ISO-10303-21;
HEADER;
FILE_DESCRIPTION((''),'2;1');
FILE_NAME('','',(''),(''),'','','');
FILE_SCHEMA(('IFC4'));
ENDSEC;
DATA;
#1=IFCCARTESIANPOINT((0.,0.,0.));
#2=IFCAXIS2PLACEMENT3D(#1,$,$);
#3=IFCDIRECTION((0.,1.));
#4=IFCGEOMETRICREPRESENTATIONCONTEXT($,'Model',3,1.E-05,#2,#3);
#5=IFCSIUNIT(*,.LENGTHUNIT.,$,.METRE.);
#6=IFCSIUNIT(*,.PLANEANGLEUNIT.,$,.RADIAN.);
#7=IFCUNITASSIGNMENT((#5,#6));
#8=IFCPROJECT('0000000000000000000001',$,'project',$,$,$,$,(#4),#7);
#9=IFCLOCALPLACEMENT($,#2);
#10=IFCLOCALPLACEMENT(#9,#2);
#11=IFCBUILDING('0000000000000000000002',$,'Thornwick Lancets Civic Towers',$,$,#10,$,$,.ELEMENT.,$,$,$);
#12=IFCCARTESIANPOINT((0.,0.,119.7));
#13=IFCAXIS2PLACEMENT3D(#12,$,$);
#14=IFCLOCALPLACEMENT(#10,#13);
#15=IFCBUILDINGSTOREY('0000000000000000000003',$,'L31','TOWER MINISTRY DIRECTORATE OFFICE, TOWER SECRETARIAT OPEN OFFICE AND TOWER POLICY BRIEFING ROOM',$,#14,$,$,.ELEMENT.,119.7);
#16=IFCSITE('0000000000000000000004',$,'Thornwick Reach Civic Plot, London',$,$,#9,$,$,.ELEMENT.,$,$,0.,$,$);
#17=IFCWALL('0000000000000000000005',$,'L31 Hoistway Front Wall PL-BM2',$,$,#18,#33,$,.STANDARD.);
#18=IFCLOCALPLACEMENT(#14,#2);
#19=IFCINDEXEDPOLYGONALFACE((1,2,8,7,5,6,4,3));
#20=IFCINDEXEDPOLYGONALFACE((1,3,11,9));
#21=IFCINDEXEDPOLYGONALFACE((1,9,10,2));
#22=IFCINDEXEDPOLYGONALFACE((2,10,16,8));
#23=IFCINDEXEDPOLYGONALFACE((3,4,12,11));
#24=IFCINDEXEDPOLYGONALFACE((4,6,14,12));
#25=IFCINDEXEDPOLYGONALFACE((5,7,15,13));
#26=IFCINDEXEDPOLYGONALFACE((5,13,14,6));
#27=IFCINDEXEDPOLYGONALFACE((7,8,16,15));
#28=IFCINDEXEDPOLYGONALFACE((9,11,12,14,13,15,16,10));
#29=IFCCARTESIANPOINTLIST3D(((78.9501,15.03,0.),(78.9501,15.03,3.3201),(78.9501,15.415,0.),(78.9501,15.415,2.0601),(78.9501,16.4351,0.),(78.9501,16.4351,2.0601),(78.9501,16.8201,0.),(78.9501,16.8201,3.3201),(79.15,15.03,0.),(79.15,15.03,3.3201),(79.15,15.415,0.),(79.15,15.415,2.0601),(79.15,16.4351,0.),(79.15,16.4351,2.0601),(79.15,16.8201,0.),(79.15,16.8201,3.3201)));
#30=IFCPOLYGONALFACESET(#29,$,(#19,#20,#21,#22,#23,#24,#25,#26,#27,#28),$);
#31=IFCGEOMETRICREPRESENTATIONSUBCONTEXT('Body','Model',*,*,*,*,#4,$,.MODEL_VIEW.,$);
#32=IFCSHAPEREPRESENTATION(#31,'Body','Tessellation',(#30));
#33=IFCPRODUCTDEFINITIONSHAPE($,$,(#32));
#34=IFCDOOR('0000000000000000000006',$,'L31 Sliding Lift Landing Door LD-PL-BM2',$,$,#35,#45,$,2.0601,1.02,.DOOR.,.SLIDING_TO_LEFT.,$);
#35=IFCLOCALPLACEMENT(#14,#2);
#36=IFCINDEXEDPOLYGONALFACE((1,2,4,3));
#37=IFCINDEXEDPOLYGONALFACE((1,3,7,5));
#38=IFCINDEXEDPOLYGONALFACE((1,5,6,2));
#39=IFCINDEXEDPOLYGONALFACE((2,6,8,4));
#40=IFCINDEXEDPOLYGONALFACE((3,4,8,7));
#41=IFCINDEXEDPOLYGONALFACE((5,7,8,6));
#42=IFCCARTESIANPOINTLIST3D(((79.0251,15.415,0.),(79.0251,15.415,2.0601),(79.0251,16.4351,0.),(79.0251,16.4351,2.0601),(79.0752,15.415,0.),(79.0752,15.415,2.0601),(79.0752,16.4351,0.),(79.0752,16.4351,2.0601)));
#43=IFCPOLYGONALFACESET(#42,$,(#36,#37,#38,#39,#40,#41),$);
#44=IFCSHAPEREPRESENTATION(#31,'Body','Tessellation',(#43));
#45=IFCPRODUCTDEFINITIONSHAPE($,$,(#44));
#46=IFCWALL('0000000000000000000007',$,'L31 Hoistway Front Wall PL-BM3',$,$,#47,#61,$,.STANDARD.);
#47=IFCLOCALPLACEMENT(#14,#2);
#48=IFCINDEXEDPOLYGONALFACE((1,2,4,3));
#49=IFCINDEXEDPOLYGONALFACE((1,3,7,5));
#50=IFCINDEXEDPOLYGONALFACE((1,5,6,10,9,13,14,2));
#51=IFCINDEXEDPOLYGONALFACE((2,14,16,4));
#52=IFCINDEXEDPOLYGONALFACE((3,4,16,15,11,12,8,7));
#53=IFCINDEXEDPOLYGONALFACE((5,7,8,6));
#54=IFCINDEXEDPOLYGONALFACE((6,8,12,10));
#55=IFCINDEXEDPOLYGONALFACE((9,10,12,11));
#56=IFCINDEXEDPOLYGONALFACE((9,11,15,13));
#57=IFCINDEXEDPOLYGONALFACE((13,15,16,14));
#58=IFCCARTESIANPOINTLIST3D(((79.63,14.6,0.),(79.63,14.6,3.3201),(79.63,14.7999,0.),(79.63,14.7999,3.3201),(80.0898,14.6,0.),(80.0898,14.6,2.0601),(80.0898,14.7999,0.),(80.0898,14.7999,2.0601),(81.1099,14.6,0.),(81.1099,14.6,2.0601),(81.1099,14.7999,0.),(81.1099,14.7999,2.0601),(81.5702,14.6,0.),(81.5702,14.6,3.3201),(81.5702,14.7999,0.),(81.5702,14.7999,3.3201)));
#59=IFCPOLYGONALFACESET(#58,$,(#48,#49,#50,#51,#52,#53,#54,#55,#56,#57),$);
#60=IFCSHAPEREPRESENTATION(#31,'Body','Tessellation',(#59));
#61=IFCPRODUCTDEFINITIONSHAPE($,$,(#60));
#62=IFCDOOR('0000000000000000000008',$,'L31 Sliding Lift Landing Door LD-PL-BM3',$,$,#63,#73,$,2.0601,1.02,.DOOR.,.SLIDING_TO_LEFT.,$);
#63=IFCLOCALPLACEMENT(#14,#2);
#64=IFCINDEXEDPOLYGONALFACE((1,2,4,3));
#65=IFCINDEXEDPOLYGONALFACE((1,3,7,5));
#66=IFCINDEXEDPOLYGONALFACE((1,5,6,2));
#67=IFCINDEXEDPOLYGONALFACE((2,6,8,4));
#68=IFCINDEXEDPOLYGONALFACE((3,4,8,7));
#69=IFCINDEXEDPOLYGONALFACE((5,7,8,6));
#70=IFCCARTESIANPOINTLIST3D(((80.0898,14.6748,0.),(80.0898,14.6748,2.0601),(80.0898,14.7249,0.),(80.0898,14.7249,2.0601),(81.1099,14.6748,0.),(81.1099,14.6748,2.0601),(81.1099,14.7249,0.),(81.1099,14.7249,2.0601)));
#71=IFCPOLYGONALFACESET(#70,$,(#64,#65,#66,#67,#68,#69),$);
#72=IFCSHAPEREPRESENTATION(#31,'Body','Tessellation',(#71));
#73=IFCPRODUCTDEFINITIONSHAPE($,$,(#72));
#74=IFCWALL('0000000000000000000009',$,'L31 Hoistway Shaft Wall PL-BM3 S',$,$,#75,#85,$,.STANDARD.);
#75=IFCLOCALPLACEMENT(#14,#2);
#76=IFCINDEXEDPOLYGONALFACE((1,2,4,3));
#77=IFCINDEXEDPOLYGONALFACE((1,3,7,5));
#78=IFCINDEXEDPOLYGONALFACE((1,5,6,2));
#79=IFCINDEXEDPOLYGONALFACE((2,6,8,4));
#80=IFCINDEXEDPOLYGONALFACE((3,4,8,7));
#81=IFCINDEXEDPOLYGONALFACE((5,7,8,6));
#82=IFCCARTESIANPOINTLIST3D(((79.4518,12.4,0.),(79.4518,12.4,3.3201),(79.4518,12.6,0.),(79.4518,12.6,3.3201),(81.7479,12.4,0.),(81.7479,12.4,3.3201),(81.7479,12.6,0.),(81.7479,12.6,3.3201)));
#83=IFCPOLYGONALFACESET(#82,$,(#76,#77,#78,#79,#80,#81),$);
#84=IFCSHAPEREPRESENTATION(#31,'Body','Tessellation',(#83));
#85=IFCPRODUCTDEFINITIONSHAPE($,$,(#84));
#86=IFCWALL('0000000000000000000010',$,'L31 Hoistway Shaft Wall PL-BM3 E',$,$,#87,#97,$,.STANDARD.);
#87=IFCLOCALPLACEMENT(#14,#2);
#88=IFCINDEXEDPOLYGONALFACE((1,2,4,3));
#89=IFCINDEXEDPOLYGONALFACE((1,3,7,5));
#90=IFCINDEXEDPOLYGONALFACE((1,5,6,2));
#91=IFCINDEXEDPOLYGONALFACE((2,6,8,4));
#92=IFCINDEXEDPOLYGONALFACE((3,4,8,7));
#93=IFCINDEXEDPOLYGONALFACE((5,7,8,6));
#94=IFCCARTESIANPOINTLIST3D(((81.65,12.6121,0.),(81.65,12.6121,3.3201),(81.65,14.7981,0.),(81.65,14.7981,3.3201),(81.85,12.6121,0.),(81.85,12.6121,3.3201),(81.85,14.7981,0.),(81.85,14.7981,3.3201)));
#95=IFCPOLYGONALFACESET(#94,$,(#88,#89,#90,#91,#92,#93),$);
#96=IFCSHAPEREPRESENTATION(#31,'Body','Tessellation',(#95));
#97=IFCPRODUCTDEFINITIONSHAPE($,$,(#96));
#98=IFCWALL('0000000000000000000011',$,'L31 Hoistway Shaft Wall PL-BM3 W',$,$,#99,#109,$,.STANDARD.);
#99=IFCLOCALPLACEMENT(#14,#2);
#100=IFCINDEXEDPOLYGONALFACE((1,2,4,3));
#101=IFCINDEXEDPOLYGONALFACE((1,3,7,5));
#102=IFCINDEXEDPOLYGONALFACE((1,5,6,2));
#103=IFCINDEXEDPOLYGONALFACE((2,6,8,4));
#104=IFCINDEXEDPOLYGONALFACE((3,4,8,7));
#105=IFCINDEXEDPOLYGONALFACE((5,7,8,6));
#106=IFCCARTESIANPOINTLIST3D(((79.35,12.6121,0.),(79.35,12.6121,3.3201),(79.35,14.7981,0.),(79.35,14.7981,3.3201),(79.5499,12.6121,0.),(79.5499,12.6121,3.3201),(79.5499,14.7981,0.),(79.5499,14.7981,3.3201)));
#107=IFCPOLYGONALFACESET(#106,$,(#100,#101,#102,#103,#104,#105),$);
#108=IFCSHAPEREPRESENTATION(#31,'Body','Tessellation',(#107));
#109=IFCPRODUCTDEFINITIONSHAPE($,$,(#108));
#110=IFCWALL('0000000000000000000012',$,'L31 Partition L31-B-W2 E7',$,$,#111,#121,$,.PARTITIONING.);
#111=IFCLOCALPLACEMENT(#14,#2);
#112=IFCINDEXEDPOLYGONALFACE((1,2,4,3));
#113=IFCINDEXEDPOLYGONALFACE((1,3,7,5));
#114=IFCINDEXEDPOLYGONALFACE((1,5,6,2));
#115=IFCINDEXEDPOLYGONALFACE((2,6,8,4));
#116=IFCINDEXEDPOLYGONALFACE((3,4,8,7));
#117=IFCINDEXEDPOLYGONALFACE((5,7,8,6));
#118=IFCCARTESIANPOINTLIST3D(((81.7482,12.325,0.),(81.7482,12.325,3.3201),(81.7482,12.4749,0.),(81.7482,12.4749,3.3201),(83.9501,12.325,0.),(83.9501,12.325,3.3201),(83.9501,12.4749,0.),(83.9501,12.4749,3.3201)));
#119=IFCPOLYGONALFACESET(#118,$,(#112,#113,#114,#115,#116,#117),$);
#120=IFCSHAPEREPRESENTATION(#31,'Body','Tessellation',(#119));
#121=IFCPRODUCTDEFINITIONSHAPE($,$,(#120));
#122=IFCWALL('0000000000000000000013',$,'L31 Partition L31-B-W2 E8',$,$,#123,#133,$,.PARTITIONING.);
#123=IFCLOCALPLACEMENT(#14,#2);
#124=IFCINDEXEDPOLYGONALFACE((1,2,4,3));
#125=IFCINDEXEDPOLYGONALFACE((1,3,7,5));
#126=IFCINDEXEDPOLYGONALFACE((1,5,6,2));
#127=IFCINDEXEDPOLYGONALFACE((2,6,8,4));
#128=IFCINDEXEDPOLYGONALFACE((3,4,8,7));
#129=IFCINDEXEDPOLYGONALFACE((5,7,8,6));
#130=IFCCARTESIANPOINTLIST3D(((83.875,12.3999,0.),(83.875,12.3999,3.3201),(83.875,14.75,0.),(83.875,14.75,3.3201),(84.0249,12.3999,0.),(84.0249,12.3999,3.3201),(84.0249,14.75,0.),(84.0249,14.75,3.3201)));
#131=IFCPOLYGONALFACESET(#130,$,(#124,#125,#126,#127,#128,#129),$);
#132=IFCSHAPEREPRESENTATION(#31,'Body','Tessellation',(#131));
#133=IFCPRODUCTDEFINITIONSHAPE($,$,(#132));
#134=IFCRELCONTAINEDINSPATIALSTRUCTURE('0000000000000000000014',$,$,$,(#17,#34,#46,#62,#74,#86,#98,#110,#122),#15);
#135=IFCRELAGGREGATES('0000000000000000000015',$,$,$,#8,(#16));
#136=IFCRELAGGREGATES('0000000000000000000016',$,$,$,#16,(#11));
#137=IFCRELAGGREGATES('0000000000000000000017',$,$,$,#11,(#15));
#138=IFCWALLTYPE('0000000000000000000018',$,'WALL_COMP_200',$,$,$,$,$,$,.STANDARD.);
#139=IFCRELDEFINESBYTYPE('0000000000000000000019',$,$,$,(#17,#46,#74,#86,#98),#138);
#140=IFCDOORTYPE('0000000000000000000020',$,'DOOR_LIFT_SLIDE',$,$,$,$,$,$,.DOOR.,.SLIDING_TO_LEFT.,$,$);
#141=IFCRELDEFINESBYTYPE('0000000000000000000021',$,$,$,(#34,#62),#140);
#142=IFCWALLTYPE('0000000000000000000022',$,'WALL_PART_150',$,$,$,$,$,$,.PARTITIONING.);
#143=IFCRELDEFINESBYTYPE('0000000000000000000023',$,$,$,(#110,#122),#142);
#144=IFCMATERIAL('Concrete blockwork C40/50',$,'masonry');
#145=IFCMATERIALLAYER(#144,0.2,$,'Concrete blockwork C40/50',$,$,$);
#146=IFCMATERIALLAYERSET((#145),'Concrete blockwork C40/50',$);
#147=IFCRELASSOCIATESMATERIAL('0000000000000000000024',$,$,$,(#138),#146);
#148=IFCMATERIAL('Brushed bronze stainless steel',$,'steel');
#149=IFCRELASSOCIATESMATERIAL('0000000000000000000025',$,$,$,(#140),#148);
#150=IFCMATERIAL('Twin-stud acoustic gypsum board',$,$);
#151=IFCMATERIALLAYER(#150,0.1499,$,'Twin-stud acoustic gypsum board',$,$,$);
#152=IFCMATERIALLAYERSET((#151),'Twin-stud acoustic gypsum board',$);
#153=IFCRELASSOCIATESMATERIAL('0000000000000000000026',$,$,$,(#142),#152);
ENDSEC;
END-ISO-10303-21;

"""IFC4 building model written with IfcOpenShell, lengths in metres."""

from ifc_helpers import new_model, si_unit, direction, frame, frame_2d, origin, place, context, subcontext, project, spatial, rectangle, extrude, material, layer, layer_set, type_object, element, fill, save


model = new_model("IFC4")

# Units and contexts
model_context = context("Model", 3, precision=1e-05, world=origin(), true_north=direction((0.0, 1.0)))
body_context = subcontext(model_context, "Body", "Model", "MODEL_VIEW")
ifc_project = project(units=[si_unit("LENGTHUNIT", "METRE"), si_unit("PLANEANGLEUNIT", "RADIAN")], contexts=[model_context])

# Site, building, storey
site_placement = place(None, origin())
site = spatial("IfcSite", under=ifc_project, at=site_placement, Name="Thornwick Reach Civic Plot, London", CompositionType="ELEMENT", RefElevation=0.0)
building_placement = place(site_placement, origin())
building = spatial("IfcBuilding", under=site, at=building_placement, Name="Thornwick Lancets Civic Towers", CompositionType="ELEMENT")
storey_placement = place(building_placement, frame((0.0, 0.0, 119.7)))
storey = spatial("IfcBuildingStorey", under=building, at=storey_placement, Name="L31", Description="TOWER MINISTRY DIRECTORATE OFFICE, TOWER SECRETARIAT OPEN OFFICE AND TOWER POLICY BRIEFING ROOM", CompositionType="ELEMENT", Elevation=119.7)

# Walls, openings, doors
ifc_material_1 = material(Name="Concrete blockwork C40/50", Category="masonry")
ifc_layer_1 = layer(ifc_material_1, 0.2, Name="Concrete blockwork C40/50")
ifc_layer_set_1 = layer_set([ifc_layer_1], Name="Concrete blockwork C40/50")
wall_type_1 = type_object("IfcWallType", Name="WALL_COMP_200", PredefinedType="STANDARD", material=ifc_layer_set_1)
wall_1_placement = place(storey_placement, frame((79.05, 15.03, 0.0), z_axis=(0.0, 0.0, 1.0), x_axis=(0.0, 1.0, 0.0)))
wall_1 = element("IfcWall", 1, at=wall_1_placement, inside=storey, type_object=wall_type_1, Name="L31 Hoistway Front Wall PL-BM2", PredefinedType="STANDARD", context=body_context, shape_type="SweptSolid", body=[
    extrude(rectangle(XDim=1.79, YDim=0.2, at=frame_2d((0.895, 0.0))), origin(), (0.0, 0.0, 1.0), 3.3201),
])
opening_1_placement = place(wall_1_placement, frame((0.385, 0.0, 0.0)))
opening_1 = element("IfcOpeningElement", 2, at=opening_1_placement, cuts=wall_1, PredefinedType="OPENING", context=body_context, shape_type="SweptSolid", body=[
    extrude(rectangle(XDim=1.02, YDim=2.0601, at=frame_2d((0.51, 1.03))), frame((0.0, 0.1099, 0.0), z_axis=(0.0, -1.0, 0.0), x_axis=(1.0, 0.0, 0.0)), (0.0, 0.0, 1.0), 0.22),
])
ifc_material_2 = material(Name="Brushed bronze stainless steel", Category="steel")
door_type_1 = type_object("IfcDoorType", Name="DOOR_LIFT_SLIDE", OperationType="SLIDING_TO_LEFT", PredefinedType="DOOR", material=ifc_material_2)
door_1_placement = place(opening_1_placement, origin())
door_1 = element("IfcDoor", 3, at=door_1_placement, inside=storey, type_object=door_type_1, Name="L31 Sliding Lift Landing Door LD-PL-BM2", OperationType="SLIDING_TO_LEFT", OverallHeight=2.0601, OverallWidth=1.02, PredefinedType="DOOR", context=body_context, shape_type="SweptSolid", body=[
    extrude(rectangle(XDim=1.02, YDim=2.0601, at=frame_2d((0.51, 1.03))), frame((0.0, 0.0249, 0.0), z_axis=(0.0, -1.0, 0.0), x_axis=(1.0, 0.0, 0.0)), (0.0, 0.0, 1.0), 0.05),
])
fill(opening_1, door_1)
wall_2_placement = place(storey_placement, frame((79.6299, 14.7, 0.0), z_axis=(0.0, 0.0, 1.0), x_axis=(1.0, 0.0, 0.0)))
wall_2 = element("IfcWall", 4, at=wall_2_placement, inside=storey, type_object=wall_type_1, Name="L31 Hoistway Front Wall PL-BM3", PredefinedType="STANDARD", context=body_context, shape_type="SweptSolid", body=[
    extrude(rectangle(XDim=1.9402, YDim=0.2, at=frame_2d((0.9702, 0.0))), origin(), (0.0, 0.0, 1.0), 3.3201),
])
opening_2_placement = place(wall_2_placement, frame((0.46, 0.0, 0.0)))
opening_2 = element("IfcOpeningElement", 5, at=opening_2_placement, cuts=wall_2, PredefinedType="OPENING", context=body_context, shape_type="SweptSolid", body=[
    extrude(rectangle(XDim=1.02, YDim=2.0601, at=frame_2d((0.51, 1.03))), frame((0.0, 0.1099, 0.0), z_axis=(0.0, -1.0, 0.0), x_axis=(1.0, 0.0, 0.0)), (0.0, 0.0, 1.0), 0.22),
])
door_2_placement = place(opening_2_placement, origin())
door_2 = element("IfcDoor", 6, at=door_2_placement, inside=storey, type_object=door_type_1, Name="L31 Sliding Lift Landing Door LD-PL-BM3", OperationType="SLIDING_TO_LEFT", OverallHeight=2.0601, OverallWidth=1.02, PredefinedType="DOOR", context=body_context, shape_type="SweptSolid", body=[
    extrude(rectangle(XDim=1.02, YDim=2.0601, at=frame_2d((0.51, 1.03))), frame((0.0, 0.0249, 0.0), z_axis=(0.0, -1.0, 0.0), x_axis=(1.0, 0.0, 0.0)), (0.0, 0.0, 1.0), 0.05),
])
fill(opening_2, door_2)

# Walls
wall_3_placement = place(storey_placement, frame((79.4519, 12.5, 0.0), z_axis=(0.0, 0.0, 1.0), x_axis=(1.0, 0.0, 0.0)))
element("IfcWall", 7, at=wall_3_placement, inside=storey, type_object=wall_type_1, Name="L31 Hoistway Shaft Wall PL-BM3 S", PredefinedType="STANDARD", context=body_context, shape_type="SweptSolid", body=[
    extrude(rectangle(XDim=2.2961, YDim=0.2, at=frame_2d((1.1479, 0.0))), origin(), (0.0, 0.0, 1.0), 3.3201),
])
for number, where, z_axis, x_axis, name in (
    (8, (81.75, 12.6121, 0.0), (0.0, 0.0, 1.0), (0.0, 1.0, 0.0), "L31 Hoistway Shaft Wall PL-BM3 E"),
    (9, (79.45, 12.6121, 0.0), (0.0, 0.0, 1.0), (0.0, 1.0, 0.0), "L31 Hoistway Shaft Wall PL-BM3 W"),
):
    element("IfcWall", number, at=place(storey_placement, frame(where, z_axis=z_axis, x_axis=x_axis)), inside=storey, type_object=wall_type_1, Name=name, PredefinedType="STANDARD", context=body_context, shape_type="SweptSolid", body=[
        extrude(rectangle(XDim=2.186, YDim=0.2, at=frame_2d((1.093, 0.0))), origin(), (0.0, 0.0, 1.0), 3.3201),
    ])

# Shared definitions
ifc_material_3 = material(Name="Twin-stud acoustic gypsum board")
ifc_layer_2 = layer(ifc_material_3, 0.1499, Name="Twin-stud acoustic gypsum board")
ifc_layer_set_2 = layer_set([ifc_layer_2], Name="Twin-stud acoustic gypsum board")
wall_type_2 = type_object("IfcWallType", Name="WALL_PART_150", PredefinedType="PARTITIONING", material=ifc_layer_set_2)

# Walls
wall_4_placement = place(storey_placement, frame((81.748, 12.3999, 0.0), z_axis=(0.0, 0.0, 1.0), x_axis=(1.0, 0.0, 0.0)))
element("IfcWall", 10, at=wall_4_placement, inside=storey, type_object=wall_type_2, Name="L31 Partition L31-B-W2 E7", PredefinedType="PARTITIONING", context=body_context, shape_type="SweptSolid", body=[
    extrude(rectangle(XDim=2.2019, YDim=0.1499, at=frame_2d((1.1011, 0.0))), origin(), (0.0, 0.0, 1.0), 3.3201),
])
wall_5_placement = place(storey_placement, frame((83.95, 12.3999, 0.0), z_axis=(0.0, 0.0, 1.0), x_axis=(0.0, 1.0, 0.0)))
element("IfcWall", 11, at=wall_5_placement, inside=storey, type_object=wall_type_2, Name="L31 Partition L31-B-W2 E8", PredefinedType="PARTITIONING", context=body_context, shape_type="SweptSolid", body=[
    extrude(rectangle(XDim=2.3501, YDim=0.1499, at=frame_2d((1.175, 0.0))), origin(), (0.0, 0.0, 1.0), 3.3201),
])

save(model, "model.ifc")
